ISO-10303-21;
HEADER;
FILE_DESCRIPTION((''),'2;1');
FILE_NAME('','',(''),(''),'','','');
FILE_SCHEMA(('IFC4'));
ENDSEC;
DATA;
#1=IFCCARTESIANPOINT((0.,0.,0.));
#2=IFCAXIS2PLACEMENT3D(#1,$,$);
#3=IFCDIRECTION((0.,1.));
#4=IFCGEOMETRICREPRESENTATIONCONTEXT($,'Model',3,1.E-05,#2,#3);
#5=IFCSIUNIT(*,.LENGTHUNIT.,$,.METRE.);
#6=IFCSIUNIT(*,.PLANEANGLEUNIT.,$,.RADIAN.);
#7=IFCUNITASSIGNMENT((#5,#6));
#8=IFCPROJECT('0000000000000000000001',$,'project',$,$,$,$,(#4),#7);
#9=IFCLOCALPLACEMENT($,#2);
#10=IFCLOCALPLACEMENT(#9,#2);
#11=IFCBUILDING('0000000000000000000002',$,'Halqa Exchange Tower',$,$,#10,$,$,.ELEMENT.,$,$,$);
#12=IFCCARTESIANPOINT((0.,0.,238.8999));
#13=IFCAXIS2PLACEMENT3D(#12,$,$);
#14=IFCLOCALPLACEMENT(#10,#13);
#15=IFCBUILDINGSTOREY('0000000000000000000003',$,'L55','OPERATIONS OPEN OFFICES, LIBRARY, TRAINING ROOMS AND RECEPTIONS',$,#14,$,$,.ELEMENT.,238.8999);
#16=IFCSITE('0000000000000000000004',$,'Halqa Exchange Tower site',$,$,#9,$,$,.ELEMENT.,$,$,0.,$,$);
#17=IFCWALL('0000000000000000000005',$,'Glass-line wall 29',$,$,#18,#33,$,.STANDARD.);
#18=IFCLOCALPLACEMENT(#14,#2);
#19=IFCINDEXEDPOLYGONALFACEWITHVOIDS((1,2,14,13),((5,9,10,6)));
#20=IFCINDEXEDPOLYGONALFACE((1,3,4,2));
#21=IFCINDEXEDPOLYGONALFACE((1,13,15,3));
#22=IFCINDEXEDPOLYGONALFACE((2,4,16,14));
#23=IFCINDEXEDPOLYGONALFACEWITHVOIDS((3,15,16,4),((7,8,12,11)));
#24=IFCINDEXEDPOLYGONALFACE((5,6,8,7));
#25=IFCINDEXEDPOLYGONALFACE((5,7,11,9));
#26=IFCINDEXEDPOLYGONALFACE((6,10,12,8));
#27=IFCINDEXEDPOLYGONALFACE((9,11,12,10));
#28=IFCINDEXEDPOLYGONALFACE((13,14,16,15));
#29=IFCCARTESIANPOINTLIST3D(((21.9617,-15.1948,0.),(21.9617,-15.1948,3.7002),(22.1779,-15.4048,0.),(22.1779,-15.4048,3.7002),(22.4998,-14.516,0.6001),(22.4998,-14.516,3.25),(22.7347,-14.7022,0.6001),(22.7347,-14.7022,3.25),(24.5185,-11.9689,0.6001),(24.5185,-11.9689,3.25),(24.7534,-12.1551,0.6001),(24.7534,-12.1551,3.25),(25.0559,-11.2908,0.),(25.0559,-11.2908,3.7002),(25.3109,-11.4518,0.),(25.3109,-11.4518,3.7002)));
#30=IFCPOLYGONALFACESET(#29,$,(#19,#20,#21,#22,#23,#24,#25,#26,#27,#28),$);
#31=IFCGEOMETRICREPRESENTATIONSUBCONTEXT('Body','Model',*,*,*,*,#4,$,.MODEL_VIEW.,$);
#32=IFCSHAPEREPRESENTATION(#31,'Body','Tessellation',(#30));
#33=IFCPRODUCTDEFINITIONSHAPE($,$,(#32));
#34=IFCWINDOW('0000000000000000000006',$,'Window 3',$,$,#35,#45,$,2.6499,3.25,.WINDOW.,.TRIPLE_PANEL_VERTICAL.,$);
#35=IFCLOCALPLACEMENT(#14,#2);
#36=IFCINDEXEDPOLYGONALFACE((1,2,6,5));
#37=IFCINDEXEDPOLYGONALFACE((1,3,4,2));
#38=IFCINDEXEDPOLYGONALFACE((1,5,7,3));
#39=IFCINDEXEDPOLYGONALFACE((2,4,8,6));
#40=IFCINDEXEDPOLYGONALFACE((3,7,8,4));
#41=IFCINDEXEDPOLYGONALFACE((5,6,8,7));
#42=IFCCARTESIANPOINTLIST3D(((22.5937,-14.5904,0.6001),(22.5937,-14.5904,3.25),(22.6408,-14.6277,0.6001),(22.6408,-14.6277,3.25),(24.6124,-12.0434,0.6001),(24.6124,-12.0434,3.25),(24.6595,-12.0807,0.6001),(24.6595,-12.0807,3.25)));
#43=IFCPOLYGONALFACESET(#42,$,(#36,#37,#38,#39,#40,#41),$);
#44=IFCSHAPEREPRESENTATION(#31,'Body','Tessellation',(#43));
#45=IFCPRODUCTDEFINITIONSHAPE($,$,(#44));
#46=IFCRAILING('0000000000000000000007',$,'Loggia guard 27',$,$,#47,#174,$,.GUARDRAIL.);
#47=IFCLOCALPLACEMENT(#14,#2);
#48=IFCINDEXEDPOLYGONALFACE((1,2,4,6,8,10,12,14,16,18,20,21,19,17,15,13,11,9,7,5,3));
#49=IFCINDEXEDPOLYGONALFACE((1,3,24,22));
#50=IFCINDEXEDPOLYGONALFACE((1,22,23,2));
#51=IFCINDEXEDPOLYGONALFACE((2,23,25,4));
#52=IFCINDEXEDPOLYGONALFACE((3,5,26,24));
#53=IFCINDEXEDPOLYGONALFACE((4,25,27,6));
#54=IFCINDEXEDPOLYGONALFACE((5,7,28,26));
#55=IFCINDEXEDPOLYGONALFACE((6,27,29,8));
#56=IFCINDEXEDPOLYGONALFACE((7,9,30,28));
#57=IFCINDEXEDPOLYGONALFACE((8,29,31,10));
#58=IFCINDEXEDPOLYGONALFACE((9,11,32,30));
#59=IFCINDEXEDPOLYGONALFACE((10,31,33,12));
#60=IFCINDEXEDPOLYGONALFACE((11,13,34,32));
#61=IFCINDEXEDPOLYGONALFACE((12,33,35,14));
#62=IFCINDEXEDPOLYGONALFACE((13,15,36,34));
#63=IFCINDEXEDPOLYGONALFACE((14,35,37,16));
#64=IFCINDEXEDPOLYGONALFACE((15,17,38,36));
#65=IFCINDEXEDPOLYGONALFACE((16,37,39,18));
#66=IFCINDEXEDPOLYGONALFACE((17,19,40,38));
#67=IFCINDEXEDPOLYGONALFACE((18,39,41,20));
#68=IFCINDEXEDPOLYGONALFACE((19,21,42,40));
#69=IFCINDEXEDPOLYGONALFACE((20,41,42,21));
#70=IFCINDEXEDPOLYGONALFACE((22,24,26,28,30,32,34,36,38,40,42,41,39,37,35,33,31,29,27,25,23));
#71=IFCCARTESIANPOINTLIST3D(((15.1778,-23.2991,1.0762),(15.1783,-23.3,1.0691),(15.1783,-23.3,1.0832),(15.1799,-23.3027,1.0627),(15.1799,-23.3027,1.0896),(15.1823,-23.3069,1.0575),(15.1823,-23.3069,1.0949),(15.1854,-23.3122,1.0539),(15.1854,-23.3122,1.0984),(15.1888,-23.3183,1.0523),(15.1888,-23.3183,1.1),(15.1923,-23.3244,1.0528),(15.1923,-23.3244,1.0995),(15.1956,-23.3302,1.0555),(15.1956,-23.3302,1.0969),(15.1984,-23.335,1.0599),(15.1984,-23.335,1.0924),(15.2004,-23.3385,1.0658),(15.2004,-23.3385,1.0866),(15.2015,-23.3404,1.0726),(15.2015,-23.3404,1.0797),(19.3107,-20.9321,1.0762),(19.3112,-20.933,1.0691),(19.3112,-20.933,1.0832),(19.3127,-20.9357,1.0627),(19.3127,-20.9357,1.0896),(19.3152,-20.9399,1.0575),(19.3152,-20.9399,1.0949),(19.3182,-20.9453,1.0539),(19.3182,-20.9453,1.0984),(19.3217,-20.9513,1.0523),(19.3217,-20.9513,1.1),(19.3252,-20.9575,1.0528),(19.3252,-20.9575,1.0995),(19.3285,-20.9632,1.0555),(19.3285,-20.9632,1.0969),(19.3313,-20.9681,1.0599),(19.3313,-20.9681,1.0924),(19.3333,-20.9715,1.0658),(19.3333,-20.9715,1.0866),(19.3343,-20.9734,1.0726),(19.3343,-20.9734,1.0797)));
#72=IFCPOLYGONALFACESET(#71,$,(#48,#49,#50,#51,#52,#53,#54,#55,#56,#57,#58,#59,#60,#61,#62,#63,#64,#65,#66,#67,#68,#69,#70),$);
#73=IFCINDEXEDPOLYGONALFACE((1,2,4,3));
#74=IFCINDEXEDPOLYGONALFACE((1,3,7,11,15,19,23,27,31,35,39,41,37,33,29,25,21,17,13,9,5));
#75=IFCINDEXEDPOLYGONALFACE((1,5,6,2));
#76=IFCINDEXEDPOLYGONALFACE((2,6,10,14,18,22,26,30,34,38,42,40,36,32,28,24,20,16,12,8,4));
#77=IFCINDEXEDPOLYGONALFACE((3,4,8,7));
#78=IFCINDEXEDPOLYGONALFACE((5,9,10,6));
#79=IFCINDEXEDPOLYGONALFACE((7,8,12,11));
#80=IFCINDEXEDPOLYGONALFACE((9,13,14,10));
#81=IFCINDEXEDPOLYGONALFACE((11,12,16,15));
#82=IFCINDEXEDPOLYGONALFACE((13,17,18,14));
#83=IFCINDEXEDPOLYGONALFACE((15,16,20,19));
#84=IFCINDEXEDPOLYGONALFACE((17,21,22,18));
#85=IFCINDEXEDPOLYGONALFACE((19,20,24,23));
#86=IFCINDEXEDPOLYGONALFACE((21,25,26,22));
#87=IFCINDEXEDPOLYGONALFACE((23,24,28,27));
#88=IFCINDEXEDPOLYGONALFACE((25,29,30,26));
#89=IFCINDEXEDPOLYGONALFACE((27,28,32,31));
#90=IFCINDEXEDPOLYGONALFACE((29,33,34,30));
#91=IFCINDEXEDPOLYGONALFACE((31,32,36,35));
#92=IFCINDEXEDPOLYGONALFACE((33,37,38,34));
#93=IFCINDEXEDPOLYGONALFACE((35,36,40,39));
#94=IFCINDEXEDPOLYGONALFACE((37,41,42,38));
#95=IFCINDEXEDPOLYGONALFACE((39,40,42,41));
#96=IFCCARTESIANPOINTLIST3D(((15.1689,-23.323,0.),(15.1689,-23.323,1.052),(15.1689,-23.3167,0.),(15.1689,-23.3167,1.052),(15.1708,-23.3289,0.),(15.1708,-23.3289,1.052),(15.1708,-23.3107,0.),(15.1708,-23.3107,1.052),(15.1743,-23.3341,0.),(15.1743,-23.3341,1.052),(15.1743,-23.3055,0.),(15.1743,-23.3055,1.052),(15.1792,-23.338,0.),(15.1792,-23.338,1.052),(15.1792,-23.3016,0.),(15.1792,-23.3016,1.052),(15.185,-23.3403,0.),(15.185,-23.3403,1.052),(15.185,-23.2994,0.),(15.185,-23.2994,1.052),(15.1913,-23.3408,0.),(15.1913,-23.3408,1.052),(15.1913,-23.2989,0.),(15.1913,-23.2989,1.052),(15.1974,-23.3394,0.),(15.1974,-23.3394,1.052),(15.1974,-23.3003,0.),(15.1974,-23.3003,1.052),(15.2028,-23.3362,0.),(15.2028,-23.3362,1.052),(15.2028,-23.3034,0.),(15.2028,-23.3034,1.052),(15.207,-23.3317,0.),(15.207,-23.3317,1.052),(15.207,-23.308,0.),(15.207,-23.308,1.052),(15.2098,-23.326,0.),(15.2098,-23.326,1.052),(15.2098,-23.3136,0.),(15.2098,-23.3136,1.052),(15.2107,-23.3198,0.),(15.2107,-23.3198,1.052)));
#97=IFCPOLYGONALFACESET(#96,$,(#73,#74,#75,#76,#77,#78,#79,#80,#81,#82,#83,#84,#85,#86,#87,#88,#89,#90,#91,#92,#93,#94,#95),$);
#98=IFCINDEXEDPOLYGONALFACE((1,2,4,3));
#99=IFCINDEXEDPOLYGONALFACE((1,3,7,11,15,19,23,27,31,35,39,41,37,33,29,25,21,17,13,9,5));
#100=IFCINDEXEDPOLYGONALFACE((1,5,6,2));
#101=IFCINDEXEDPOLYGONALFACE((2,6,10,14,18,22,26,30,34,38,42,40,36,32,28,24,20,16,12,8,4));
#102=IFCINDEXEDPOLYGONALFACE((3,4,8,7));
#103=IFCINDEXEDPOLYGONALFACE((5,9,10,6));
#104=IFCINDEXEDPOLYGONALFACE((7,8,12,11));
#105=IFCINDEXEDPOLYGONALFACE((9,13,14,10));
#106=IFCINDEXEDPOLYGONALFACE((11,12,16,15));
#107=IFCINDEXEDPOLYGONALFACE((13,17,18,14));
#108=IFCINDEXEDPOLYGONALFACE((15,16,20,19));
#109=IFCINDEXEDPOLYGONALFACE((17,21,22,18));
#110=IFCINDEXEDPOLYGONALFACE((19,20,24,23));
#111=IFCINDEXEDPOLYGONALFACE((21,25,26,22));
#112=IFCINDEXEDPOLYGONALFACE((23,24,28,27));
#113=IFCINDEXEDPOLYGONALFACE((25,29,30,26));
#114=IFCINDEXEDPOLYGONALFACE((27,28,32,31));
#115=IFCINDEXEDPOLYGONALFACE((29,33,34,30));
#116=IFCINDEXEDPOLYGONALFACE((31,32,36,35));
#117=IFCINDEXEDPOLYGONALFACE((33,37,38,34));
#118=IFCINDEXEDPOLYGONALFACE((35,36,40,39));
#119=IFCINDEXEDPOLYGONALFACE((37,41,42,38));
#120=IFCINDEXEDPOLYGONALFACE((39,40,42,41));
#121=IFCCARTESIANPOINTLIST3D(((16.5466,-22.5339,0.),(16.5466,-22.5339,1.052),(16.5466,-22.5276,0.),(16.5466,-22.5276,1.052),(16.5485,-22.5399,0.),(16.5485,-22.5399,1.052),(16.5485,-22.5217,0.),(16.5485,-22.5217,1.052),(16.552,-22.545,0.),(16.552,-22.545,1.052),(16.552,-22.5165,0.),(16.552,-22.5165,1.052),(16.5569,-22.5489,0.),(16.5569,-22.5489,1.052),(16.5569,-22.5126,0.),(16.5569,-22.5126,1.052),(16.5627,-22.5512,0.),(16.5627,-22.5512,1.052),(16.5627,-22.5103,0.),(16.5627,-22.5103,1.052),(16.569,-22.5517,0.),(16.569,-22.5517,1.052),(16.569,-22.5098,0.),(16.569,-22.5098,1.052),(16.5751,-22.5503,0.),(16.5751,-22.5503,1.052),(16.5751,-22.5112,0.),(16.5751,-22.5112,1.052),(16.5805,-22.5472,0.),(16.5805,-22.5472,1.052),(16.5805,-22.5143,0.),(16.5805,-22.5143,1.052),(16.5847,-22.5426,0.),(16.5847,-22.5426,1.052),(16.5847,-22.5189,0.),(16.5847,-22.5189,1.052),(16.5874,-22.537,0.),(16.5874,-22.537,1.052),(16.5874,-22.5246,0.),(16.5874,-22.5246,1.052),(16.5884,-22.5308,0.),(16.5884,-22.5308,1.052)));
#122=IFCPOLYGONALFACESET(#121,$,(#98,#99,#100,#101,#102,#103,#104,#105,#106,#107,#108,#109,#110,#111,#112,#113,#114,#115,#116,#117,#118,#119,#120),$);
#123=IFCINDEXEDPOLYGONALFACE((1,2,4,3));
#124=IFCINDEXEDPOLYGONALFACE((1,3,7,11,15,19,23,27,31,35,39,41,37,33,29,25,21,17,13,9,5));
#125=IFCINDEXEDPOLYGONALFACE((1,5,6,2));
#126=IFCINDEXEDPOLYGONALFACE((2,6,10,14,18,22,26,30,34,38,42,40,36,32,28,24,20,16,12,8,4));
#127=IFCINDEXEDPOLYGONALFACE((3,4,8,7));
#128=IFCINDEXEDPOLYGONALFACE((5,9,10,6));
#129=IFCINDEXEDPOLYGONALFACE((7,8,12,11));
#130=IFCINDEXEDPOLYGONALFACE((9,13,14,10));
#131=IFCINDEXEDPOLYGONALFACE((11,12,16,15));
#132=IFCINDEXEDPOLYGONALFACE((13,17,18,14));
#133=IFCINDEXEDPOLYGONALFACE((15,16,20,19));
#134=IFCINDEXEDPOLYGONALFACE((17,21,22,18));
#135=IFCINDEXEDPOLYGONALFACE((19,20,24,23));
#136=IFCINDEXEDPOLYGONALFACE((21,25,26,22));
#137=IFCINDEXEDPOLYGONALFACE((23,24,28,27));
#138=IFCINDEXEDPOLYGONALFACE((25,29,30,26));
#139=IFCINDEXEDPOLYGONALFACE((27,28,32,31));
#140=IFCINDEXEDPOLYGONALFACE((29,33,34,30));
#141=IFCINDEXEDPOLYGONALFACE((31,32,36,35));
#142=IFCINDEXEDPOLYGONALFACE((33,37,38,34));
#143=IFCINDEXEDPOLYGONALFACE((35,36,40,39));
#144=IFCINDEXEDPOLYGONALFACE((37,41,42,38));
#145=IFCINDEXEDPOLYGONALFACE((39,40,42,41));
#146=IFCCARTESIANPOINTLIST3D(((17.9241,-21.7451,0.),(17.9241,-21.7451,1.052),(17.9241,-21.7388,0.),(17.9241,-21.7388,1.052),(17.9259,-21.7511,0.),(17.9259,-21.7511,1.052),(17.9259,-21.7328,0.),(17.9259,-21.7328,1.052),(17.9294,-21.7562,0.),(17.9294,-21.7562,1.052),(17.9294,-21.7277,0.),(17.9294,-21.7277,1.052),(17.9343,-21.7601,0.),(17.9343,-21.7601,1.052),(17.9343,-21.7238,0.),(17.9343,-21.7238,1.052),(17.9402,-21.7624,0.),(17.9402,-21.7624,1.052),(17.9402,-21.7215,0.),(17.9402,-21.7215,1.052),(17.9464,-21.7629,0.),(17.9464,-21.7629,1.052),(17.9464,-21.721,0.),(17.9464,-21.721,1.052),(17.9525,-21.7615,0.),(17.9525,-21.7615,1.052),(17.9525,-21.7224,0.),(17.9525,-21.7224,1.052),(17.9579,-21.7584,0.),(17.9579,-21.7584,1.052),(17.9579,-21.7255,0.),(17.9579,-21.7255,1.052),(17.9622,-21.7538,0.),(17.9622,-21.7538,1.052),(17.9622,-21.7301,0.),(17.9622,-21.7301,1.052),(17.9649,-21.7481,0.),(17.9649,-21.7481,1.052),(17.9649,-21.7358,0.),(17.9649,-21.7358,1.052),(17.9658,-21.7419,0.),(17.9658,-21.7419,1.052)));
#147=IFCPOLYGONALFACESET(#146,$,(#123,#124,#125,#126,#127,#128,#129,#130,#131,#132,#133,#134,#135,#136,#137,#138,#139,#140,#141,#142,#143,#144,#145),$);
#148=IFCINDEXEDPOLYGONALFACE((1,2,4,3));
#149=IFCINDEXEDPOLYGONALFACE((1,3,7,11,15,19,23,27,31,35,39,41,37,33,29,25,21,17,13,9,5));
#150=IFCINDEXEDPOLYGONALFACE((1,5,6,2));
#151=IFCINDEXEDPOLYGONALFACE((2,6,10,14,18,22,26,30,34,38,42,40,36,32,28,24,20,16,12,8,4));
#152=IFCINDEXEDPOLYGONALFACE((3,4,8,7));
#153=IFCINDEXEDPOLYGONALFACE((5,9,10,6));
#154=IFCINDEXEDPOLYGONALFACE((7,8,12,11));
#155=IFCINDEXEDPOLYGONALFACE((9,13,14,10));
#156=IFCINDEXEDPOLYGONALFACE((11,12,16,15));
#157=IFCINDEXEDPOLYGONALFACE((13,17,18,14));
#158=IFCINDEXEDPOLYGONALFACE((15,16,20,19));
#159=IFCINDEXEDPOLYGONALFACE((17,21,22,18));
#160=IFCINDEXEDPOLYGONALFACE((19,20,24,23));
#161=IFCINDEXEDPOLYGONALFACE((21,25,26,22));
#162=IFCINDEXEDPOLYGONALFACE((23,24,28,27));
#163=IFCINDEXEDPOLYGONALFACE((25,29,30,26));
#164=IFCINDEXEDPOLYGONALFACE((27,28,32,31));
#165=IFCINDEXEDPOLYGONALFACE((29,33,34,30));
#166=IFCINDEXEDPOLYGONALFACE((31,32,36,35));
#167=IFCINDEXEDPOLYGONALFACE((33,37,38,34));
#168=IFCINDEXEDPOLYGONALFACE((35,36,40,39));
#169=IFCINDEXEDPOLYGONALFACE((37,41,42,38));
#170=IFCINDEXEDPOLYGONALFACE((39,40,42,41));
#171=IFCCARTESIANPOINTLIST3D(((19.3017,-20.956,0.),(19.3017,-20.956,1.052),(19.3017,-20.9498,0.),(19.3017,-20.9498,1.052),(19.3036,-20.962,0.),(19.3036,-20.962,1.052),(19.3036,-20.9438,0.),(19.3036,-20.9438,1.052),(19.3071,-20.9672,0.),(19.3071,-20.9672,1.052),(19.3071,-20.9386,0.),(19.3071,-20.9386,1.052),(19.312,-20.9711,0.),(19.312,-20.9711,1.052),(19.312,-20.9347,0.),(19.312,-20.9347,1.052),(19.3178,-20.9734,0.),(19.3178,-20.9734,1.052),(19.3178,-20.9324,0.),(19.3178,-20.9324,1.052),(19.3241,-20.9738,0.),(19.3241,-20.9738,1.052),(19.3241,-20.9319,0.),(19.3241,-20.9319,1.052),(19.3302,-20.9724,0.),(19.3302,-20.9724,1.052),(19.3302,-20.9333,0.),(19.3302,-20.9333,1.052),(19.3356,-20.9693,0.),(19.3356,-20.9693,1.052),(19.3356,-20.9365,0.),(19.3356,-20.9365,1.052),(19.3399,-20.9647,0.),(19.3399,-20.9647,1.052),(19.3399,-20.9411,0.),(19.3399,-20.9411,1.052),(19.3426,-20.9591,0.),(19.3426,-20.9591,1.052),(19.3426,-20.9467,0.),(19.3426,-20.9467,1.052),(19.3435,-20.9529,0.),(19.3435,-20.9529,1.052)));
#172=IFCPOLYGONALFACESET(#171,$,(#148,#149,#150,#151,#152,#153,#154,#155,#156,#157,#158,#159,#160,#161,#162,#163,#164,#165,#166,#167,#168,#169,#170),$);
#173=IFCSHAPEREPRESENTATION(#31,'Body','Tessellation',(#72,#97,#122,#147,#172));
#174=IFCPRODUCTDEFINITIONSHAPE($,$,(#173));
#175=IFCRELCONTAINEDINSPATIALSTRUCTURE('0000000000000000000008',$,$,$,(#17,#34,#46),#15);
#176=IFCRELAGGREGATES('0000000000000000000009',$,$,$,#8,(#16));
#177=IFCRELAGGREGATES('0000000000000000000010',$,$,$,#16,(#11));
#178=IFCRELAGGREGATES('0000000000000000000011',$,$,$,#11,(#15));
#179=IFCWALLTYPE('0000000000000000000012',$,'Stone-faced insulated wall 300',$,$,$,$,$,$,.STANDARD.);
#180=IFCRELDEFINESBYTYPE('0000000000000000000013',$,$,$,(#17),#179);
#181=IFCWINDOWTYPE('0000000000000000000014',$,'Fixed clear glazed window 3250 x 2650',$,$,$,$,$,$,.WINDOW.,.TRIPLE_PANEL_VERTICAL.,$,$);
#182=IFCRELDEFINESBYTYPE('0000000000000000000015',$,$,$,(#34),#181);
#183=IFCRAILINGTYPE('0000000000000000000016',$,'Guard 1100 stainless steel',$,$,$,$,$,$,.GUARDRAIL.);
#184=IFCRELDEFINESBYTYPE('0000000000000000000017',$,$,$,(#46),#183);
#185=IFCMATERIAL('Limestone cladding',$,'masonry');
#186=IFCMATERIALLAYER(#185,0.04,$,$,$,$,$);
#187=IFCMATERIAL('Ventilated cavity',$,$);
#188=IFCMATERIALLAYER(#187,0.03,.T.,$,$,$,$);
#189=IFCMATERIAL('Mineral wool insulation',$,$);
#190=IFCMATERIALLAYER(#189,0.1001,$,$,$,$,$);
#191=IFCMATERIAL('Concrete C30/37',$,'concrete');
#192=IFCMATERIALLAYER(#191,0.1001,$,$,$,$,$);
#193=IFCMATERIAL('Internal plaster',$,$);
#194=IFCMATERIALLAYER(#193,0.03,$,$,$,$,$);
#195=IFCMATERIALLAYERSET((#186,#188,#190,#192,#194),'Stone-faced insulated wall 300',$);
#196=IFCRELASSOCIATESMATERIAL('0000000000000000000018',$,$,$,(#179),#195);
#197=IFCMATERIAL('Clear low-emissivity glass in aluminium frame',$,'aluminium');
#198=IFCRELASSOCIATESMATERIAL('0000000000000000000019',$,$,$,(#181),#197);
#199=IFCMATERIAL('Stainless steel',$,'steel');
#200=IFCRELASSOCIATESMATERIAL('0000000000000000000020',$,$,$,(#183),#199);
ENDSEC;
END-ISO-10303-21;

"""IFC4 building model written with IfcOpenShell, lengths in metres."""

from ifc_helpers import new_model, si_unit, direction, frame, frame_2d, origin, origin_2d, place, context, subcontext, project, spatial, polyline, rectangle, circle, outline, extrude, material, layer, layer_set, type_object, element, fill, save


model = new_model("IFC4")

# Units and contexts
model_context = context("Model", 3, precision=1e-05, world=origin(), true_north=direction((0.0, 1.0)))
body_context = subcontext(model_context, "Body", "Model", "MODEL_VIEW")
ifc_project = project(units=[si_unit("LENGTHUNIT", "METRE"), si_unit("PLANEANGLEUNIT", "RADIAN")], contexts=[model_context])

# Site, building, storey
site_placement = place(None, origin())
site = spatial("IfcSite", under=ifc_project, at=site_placement, Name="Halqa Exchange Tower site", CompositionType="ELEMENT", RefElevation=0.0)
building_placement = place(site_placement, origin())
building = spatial("IfcBuilding", under=site, at=building_placement, Name="Halqa Exchange Tower", CompositionType="ELEMENT")
storey_placement = place(building_placement, frame((0.0, 0.0, 238.8999)))
storey = spatial("IfcBuildingStorey", under=building, at=storey_placement, Name="L55", Description="OPERATIONS OPEN OFFICES, LIBRARY, TRAINING ROOMS AND RECEPTIONS", CompositionType="ELEMENT", Elevation=238.8999)

# Shared definitions
ifc_material_1 = material(Name="Limestone cladding", Category="masonry")
ifc_layer_1 = layer(ifc_material_1, 0.04)
ifc_material_2 = material(Name="Ventilated cavity")
ifc_layer_2 = layer(ifc_material_2, 0.03, ventilated=True)
ifc_material_3 = material(Name="Mineral wool insulation")
ifc_layer_3 = layer(ifc_material_3, 0.1001)
ifc_material_4 = material(Name="Concrete C30/37", Category="concrete")
ifc_layer_4 = layer(ifc_material_4, 0.1001)
ifc_material_5 = material(Name="Internal plaster")
ifc_layer_5 = layer(ifc_material_5, 0.03)
ifc_layer_set_1 = layer_set([ifc_layer_1, ifc_layer_2, ifc_layer_3, ifc_layer_4, ifc_layer_5], Name="Stone-faced insulated wall 300")
wall_type_1 = type_object("IfcWallType", Name="Stone-faced insulated wall 300", PredefinedType="STANDARD", material=ifc_layer_set_1)
ifc_material_6 = material(Name="Clear low-emissivity glass in aluminium frame", Category="aluminium")
window_type = type_object("IfcWindowType", Name="Fixed clear glazed window 3250 x 2650", PartitioningType="TRIPLE_PANEL_VERTICAL", PredefinedType="WINDOW", material=ifc_material_6)

# Wall, opening, window
wall_1_placement = place(storey_placement, frame((22.0698, -15.2998, 0.0), z_axis=(0.0, 0.0, 1.0), x_axis=(0.621131, 0.783707, 0.0)))
wall_1 = element("IfcWall", 1, at=wall_1_placement, inside=storey, type_object=wall_type_1, Name="Glass-line wall 29", PredefinedType="STANDARD", context=body_context, shape_type="SweptSolid", body=[
    extrude(outline(polyline([(-0.0151, -0.1499), (5.0288, -0.1499), (4.9966, 0.1499), (0.0151, 0.1499), (-0.0151, -0.1499)])), origin(), (0.0, 0.0, 1.0), 3.7002),
])
opening_1_placement = place(wall_1_placement, frame((0.8813, 0.0, 0.6001)))
opening_1 = element("IfcOpeningElement", 2, at=opening_1_placement, cuts=wall_1, PredefinedType="OPENING", context=body_context, shape_type="SweptSolid", body=[
    extrude(rectangle(XDim=3.25, YDim=2.6499, at=frame_2d((1.625, 1.325))), frame((0.0, 0.1621, 0.0), z_axis=(0.0, -1.0, 0.0), x_axis=(1.0, 0.0, 0.0)), (0.0, 0.0, 1.0), 0.324),
])
window_1_placement = place(opening_1_placement, origin())
window_1 = element("IfcWindow", 3, at=window_1_placement, inside=storey, type_object=window_type, Name="Window 3", OverallHeight=2.6499, OverallWidth=3.25, PartitioningType="TRIPLE_PANEL_VERTICAL", PredefinedType="WINDOW", context=body_context, shape_type="SweptSolid", body=[
    extrude(rectangle(XDim=3.25, YDim=2.6499, at=frame_2d((1.625, 1.325))), frame((0.0, 0.03, 0.0), z_axis=(0.0, -1.0, 0.0), x_axis=(1.0, 0.0, 0.0)), (0.0, 0.0, 1.0), 0.0601),
])
fill(opening_1, window_1)

# Railing
ifc_material_7 = material(Name="Stainless steel", Category="steel")
railing_type = type_object("IfcRailingType", Name="Guard 1100 stainless steel", PredefinedType="GUARDRAIL", material=ifc_material_7)
railing_1_placement = place(storey_placement, frame((15.1897, -23.3198, 0.0)))
element("IfcRailing", 4, at=railing_1_placement, inside=storey, type_object=railing_type, Name="Loggia guard 27", PredefinedType="GUARDRAIL", context=body_context, shape_type="SweptSolid", body=[
    extrude(circle(Radius=0.0239, at=origin_2d()), frame((0.0, 0.0, 1.0762), z_axis=(0.86776, 0.496983, 0.0), x_axis=(-0.496983, 0.86776, 0.0)), (0.0, 0.0, 1.0), 4.7627),
    extrude(circle(Radius=0.021, at=origin_2d()), origin(), (0.0, 0.0, 1.0), 1.052),
    extrude(circle(Radius=0.021, at=origin_2d()), frame((1.3777, 0.7891, 0.0)), (0.0, 0.0, 1.0), 1.052),
    extrude(circle(Radius=0.021, at=origin_2d()), frame((2.7551, 1.5779, 0.0)), (0.0, 0.0, 1.0), 1.052),
    extrude(circle(Radius=0.021, at=origin_2d()), frame((4.1328, 2.3669, 0.0)), (0.0, 0.0, 1.0), 1.052),
])

save(model, "model.ifc")
